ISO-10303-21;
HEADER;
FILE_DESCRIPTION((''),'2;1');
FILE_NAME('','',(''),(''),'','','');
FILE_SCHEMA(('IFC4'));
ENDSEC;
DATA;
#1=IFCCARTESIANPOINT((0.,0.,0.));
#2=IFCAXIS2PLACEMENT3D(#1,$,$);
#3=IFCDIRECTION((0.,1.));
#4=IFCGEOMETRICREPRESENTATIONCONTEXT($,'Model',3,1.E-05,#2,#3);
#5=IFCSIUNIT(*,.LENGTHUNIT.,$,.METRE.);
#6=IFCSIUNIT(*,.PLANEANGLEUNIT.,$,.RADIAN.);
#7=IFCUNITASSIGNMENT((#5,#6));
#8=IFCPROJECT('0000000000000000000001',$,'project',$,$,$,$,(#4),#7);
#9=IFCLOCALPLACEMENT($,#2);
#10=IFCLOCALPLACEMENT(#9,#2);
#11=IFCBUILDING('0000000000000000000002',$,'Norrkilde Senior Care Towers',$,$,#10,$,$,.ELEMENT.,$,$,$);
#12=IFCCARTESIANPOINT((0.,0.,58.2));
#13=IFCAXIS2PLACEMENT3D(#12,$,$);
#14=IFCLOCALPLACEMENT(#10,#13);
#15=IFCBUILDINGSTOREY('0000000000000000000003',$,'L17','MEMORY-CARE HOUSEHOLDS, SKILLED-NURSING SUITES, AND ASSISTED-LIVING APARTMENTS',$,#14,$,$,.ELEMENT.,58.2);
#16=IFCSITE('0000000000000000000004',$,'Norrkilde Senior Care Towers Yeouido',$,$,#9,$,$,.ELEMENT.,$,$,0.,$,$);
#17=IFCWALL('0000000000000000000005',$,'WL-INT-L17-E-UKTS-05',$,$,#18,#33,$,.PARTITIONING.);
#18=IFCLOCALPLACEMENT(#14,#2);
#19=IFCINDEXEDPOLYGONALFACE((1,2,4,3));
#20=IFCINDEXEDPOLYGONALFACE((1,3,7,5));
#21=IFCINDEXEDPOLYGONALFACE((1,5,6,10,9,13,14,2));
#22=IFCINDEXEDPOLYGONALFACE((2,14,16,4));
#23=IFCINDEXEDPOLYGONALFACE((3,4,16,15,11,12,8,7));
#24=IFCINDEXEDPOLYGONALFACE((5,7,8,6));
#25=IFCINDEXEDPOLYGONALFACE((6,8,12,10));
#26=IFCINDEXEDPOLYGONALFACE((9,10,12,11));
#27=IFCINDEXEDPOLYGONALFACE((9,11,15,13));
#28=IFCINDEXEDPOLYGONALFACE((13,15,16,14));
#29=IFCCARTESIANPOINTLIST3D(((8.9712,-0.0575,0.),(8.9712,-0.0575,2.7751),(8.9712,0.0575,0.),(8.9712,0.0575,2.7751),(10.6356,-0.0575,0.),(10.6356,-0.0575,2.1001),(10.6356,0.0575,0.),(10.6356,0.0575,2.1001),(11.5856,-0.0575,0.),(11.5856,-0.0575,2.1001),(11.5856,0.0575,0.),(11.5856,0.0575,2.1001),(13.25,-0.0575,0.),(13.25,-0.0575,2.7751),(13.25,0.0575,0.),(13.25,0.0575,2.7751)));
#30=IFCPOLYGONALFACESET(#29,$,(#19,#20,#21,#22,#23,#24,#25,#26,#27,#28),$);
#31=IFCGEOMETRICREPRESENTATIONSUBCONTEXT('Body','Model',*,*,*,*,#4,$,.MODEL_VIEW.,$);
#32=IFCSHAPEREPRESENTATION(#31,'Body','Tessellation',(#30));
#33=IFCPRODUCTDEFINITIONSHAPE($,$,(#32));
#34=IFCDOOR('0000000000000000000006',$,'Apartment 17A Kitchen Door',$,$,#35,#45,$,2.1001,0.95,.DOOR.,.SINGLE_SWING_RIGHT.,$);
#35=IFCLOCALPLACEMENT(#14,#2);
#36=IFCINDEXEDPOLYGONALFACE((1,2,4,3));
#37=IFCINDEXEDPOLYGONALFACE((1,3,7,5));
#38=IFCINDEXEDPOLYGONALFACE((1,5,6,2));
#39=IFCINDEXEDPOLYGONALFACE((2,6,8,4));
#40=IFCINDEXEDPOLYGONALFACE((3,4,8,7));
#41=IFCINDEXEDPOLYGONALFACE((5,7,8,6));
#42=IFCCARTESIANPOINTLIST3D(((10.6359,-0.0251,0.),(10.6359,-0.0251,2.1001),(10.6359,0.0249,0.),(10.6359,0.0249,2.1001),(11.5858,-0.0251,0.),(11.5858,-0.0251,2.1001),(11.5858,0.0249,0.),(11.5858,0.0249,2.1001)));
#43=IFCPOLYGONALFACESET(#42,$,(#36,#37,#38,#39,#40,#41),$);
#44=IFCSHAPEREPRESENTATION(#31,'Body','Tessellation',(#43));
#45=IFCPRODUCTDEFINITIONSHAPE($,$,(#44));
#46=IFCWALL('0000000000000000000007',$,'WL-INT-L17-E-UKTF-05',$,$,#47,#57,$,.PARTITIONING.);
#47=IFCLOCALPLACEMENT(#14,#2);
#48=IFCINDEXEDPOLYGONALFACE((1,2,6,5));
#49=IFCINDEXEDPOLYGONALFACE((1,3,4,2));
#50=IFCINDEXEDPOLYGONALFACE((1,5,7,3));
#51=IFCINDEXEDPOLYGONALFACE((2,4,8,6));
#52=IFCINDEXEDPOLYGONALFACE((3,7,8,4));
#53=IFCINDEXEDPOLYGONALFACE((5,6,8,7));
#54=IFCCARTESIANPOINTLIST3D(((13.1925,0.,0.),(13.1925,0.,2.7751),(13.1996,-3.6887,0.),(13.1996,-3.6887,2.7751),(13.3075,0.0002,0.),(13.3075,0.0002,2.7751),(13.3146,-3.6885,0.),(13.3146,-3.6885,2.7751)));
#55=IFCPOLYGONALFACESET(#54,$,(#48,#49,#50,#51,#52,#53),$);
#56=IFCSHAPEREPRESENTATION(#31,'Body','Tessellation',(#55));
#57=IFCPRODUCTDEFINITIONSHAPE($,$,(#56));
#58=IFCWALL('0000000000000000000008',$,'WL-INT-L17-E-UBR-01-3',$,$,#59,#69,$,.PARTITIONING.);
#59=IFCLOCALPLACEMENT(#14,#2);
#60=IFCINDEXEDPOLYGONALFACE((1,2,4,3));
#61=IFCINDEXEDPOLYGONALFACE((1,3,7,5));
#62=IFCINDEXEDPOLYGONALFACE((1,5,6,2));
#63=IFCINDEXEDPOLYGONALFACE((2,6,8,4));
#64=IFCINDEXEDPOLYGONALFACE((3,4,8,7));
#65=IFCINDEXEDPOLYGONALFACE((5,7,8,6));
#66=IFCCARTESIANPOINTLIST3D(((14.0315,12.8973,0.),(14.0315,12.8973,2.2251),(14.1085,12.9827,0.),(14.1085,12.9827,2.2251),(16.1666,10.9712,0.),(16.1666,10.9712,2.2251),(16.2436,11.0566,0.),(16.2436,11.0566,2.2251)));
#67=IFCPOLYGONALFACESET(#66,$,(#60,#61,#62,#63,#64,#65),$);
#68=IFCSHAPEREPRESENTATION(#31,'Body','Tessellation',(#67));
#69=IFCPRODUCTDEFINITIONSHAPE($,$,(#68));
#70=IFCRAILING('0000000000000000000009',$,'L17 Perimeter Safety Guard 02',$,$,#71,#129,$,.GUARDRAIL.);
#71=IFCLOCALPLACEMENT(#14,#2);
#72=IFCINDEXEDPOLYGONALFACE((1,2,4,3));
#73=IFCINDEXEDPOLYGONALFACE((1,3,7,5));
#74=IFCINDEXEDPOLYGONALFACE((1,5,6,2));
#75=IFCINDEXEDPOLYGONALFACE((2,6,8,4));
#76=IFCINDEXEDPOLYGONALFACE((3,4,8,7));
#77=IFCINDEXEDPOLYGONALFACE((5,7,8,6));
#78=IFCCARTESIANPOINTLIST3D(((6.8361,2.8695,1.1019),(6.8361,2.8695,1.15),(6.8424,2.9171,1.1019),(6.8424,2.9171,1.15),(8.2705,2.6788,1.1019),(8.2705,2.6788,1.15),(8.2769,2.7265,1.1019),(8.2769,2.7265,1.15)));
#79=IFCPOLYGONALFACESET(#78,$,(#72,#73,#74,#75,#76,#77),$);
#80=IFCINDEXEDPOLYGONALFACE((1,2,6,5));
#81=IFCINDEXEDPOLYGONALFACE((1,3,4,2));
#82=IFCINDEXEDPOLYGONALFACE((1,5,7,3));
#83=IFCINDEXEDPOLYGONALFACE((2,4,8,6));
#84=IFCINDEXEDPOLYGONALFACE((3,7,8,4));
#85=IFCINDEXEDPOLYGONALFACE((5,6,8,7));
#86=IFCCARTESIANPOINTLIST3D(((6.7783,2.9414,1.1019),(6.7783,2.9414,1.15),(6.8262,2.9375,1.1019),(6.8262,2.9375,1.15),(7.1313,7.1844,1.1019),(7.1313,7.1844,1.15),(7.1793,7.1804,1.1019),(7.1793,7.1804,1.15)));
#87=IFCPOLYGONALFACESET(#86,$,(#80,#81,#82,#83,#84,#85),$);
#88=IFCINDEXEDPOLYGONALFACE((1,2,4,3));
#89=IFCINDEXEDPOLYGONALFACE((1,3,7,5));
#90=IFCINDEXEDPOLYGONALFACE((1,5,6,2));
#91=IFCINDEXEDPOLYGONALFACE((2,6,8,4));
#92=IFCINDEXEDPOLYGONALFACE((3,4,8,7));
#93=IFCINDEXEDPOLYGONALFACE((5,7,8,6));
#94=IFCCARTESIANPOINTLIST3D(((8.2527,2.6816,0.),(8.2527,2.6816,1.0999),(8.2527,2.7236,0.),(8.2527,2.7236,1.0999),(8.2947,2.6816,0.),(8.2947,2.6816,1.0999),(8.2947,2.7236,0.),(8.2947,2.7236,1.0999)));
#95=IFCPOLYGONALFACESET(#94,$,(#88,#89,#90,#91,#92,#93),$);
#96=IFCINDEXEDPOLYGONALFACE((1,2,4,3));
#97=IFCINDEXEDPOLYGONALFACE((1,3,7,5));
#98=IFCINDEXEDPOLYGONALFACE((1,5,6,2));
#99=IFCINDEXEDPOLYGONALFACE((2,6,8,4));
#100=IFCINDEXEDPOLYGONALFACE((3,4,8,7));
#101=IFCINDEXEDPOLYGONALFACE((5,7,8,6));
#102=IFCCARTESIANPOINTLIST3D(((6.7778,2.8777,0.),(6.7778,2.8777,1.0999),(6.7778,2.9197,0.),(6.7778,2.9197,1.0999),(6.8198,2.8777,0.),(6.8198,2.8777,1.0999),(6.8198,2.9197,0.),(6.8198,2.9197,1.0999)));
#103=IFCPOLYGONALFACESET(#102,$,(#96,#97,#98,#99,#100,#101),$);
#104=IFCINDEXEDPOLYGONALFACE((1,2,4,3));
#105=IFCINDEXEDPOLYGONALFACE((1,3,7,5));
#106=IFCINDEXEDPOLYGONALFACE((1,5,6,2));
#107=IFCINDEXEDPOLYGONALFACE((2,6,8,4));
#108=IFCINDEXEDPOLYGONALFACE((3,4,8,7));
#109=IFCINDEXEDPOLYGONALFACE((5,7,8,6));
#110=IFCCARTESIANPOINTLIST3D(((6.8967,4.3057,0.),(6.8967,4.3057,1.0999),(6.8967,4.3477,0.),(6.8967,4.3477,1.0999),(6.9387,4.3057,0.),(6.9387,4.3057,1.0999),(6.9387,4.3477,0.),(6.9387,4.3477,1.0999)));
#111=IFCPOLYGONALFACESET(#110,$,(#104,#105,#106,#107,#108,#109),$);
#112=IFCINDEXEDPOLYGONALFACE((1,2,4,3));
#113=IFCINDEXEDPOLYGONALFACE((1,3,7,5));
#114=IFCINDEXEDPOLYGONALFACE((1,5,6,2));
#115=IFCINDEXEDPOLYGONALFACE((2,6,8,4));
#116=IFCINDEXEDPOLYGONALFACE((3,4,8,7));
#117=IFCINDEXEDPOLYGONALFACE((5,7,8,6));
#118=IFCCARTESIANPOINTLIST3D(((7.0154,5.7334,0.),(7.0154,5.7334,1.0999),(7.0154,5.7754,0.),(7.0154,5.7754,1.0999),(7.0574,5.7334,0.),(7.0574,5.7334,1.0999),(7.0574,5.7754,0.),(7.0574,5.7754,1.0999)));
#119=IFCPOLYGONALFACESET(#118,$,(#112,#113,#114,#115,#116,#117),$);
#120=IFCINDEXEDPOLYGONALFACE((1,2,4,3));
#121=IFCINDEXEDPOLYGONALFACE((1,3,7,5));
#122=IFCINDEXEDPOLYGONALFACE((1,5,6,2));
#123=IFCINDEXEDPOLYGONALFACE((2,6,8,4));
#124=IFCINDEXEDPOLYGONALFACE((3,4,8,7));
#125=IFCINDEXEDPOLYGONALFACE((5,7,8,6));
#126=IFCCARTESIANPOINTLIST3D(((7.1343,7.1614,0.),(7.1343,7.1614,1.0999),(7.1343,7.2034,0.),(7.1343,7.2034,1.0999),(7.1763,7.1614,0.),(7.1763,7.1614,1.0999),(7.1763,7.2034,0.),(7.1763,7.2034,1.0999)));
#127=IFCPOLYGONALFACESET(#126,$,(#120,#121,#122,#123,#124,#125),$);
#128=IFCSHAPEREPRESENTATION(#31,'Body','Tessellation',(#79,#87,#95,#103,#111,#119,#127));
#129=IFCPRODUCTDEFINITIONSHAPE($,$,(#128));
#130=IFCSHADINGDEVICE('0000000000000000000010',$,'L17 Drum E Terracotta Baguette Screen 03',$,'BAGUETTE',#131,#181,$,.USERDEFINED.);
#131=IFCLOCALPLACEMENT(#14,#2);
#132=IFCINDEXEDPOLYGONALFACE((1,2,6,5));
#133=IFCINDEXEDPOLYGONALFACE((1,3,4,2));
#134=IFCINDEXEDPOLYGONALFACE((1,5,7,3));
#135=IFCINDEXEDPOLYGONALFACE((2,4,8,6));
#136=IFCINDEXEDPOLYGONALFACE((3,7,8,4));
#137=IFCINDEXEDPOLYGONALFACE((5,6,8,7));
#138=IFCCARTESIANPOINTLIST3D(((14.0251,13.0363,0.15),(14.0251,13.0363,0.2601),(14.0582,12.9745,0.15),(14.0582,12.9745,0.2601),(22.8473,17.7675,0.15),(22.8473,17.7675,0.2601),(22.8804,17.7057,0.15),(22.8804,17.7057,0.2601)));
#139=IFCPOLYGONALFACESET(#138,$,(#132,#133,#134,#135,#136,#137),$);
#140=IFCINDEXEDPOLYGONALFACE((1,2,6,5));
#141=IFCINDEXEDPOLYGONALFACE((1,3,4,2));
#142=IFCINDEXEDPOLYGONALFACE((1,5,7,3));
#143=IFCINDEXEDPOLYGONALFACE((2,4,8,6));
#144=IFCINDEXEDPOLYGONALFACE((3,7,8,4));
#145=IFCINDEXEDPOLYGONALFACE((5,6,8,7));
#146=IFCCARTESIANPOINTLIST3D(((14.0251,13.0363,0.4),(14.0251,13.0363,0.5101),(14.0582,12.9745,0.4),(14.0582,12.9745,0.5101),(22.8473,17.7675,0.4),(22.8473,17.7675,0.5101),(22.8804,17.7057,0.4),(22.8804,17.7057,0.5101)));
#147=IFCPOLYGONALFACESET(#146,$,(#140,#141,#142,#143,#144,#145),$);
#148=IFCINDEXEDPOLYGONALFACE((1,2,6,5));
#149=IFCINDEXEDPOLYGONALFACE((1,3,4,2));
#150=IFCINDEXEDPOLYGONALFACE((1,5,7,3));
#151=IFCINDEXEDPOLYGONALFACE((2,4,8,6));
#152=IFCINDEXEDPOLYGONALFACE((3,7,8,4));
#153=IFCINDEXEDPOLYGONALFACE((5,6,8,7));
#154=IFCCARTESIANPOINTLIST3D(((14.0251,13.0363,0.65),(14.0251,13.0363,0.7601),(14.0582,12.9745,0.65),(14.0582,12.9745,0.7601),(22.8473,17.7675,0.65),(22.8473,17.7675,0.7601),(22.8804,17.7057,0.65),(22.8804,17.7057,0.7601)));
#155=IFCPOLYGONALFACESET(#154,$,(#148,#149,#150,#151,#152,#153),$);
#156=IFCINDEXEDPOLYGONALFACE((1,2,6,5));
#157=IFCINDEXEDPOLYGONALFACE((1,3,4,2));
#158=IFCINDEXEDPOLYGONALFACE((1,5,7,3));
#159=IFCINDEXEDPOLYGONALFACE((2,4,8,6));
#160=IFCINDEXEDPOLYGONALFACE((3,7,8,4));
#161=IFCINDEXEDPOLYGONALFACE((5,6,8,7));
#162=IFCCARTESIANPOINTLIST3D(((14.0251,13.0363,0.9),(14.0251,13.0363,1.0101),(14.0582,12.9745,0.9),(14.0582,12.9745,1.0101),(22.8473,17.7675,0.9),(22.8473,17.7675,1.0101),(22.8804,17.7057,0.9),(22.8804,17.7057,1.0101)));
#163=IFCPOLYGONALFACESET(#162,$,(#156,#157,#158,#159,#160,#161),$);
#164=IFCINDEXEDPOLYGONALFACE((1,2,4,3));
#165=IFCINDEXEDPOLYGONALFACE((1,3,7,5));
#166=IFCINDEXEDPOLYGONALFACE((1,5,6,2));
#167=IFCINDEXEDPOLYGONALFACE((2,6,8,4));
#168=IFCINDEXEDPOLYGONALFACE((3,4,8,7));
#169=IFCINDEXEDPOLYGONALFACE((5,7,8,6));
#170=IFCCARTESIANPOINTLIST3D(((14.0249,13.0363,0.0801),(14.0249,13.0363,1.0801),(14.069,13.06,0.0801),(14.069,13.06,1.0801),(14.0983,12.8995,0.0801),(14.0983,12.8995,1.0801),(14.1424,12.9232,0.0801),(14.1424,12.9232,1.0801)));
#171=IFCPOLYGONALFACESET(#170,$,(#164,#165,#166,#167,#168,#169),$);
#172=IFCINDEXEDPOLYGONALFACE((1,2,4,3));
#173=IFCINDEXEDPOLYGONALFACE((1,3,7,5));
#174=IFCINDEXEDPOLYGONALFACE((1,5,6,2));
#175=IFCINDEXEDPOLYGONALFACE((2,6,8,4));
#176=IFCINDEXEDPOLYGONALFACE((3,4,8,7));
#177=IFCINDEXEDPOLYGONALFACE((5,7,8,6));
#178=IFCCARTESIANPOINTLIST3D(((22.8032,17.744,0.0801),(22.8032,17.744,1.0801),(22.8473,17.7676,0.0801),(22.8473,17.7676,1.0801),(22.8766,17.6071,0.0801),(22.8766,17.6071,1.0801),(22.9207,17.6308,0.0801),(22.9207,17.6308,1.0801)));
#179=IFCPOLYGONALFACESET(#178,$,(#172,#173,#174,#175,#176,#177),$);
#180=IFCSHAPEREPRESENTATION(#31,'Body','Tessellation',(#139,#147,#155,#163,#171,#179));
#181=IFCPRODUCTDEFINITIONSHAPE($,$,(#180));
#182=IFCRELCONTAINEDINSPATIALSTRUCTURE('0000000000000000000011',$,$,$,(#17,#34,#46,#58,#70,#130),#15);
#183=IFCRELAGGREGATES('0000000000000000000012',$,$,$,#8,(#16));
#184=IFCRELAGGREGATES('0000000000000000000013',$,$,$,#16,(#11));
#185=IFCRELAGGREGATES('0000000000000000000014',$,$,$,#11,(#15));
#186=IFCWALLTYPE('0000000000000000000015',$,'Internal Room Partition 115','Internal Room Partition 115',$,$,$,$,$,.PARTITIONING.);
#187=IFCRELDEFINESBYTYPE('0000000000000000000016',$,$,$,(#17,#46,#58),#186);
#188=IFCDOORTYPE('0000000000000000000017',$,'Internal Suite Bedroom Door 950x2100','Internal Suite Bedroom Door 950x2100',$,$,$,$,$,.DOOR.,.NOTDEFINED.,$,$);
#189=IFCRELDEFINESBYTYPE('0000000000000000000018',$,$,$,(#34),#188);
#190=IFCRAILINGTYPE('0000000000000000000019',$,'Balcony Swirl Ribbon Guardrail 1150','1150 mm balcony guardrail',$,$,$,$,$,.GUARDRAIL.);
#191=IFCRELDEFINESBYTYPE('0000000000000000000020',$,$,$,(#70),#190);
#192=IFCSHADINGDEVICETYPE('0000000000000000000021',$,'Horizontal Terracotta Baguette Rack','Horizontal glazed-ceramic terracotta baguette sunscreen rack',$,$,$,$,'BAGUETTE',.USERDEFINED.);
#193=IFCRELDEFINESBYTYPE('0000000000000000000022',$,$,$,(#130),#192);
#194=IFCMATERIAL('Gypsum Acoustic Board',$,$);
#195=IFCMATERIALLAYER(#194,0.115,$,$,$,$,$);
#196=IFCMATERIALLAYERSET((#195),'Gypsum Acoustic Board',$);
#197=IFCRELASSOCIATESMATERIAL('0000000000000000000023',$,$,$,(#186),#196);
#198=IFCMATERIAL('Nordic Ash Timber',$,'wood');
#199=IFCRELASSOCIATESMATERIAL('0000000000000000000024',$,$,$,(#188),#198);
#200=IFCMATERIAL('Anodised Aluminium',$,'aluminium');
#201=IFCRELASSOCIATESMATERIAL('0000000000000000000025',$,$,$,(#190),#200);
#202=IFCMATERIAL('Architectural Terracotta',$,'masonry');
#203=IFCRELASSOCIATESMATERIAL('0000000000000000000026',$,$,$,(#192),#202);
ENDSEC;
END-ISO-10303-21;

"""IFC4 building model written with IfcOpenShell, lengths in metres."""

from ifc_helpers import new_model, si_unit, direction, frame, frame_2d, origin, origin_2d, place, context, subcontext, project, spatial, rectangle, extrude, source, transform, mapped, material, layer, layer_set, type_object, type_shapes, element, fill, save


model = new_model("IFC4")

# Units and contexts
model_context = context("Model", 3, precision=1e-05, world=origin(), true_north=direction((0.0, 1.0)))
body_context = subcontext(model_context, "Body", "Model", "MODEL_VIEW")
ifc_project = project(units=[si_unit("LENGTHUNIT", "METRE"), si_unit("PLANEANGLEUNIT", "RADIAN")], contexts=[model_context])

# Site, building, storey
site_placement = place(None, origin())
site = spatial("IfcSite", under=ifc_project, at=site_placement, Name="Norrkilde Senior Care Towers Yeouido", CompositionType="ELEMENT", RefElevation=0.0)
building_placement = place(site_placement, origin())
building = spatial("IfcBuilding", under=site, at=building_placement, Name="Norrkilde Senior Care Towers", CompositionType="ELEMENT")
storey_placement = place(building_placement, frame((0.0, 0.0, 58.2)))
storey = spatial("IfcBuildingStorey", under=building, at=storey_placement, Name="L17", Description="MEMORY-CARE HOUSEHOLDS, SKILLED-NURSING SUITES, AND ASSISTED-LIVING APARTMENTS", CompositionType="ELEMENT", Elevation=58.2)

# Shared definitions
ifc_material_1 = material(Name="Anodised Aluminium", Category="aluminium")

# Shared definitions
ifc_material_2 = material(Name="Gypsum Acoustic Board")

# Shared definitions
ifc_layer_1 = layer(ifc_material_2, 0.115)
ifc_layer_set_1 = layer_set([ifc_layer_1], Name="Gypsum Acoustic Board")
wall_type_1 = type_object("IfcWallType", Name="Internal Room Partition 115", Description="Internal Room Partition 115", PredefinedType="PARTITIONING", material=ifc_layer_set_1)
ifc_material_3 = material(Name="Nordic Ash Timber", Category="wood")
door_type_1 = type_object("IfcDoorType", Name="Internal Suite Bedroom Door 950x2100", Description="Internal Suite Bedroom Door 950x2100", OperationType="NOTDEFINED", PredefinedType="DOOR", material=ifc_material_3)
shared_shape_1 = source(origin(), body_context, "Body", "SweptSolid", [
    extrude(rectangle(XDim=0.95, YDim=2.1001, at=frame_2d((0.4751, 1.05))), frame((0.0, 0.0249, 0.0), z_axis=(0.0, -1.0, 0.0), x_axis=(1.0, 0.0, 0.0)), (0.0, 0.0, 1.0), 0.05),
])
type_shapes(door_type_1, [shared_shape_1])

# Wall, opening, door
shared_shape_2 = source(origin(), body_context, "Body", "SweptSolid", [
    extrude(rectangle(XDim=4.2788, YDim=0.115, at=frame_2d((2.1394, 0.0))), origin(), (0.0, 0.0, 1.0), 2.7751),
])
wall_1_placement = place(storey_placement, frame((13.25, 0.0, 0.0), z_axis=(0.0, 0.0, 1.0), x_axis=(-1.0, 0.0, 0.0)))
wall_1 = element("IfcWall", 1, at=wall_1_placement, inside=storey, type_object=wall_type_1, Name="WL-INT-L17-E-UKTS-05", PredefinedType="PARTITIONING", context=body_context, shape_type="MappedRepresentation", body=[
    mapped(shared_shape_2, transform((0.0, 0.0, 0.0), x_axis=(1.0, 0.0, 0.0), y_axis=(0.0, 1.0, 0.0), z_axis=(0.0, 0.0, 1.0), scale=1.0)),
])
opening_1_placement = place(wall_1_placement, frame((1.6643, 0.0, 0.0)))
opening_1 = element("IfcOpeningElement", 2, at=opening_1_placement, cuts=wall_1, PredefinedType="OPENING", context=body_context, shape_type="SweptSolid", body=[
    extrude(rectangle(XDim=0.95, YDim=2.1001, at=frame_2d((0.4751, 1.05))), frame((0.0, 0.0674, 0.0), z_axis=(0.0, -1.0, 0.0), x_axis=(1.0, 0.0, 0.0)), (0.0, 0.0, 1.0), 0.135),
])
door_1_placement = place(opening_1_placement, frame((0.95, 0.0, 0.0), z_axis=(0.0, 0.0, 1.0), x_axis=(-1.0, 0.0, 0.0)))
door_1 = element("IfcDoor", 3, at=door_1_placement, inside=storey, type_object=door_type_1, Name="Apartment 17A Kitchen Door", OperationType="SINGLE_SWING_RIGHT", OverallHeight=2.1001, OverallWidth=0.95, PredefinedType="DOOR", context=body_context, shape_type="MappedRepresentation", body=[
    mapped(shared_shape_1, transform((0.0, 0.0, 0.0), x_axis=(1.0, 0.0, 0.0), y_axis=(0.0, 1.0, 0.0), z_axis=(0.0, 0.0, 1.0), scale=1.0)),
])
fill(opening_1, door_1)

# Walls
shared_shape_3 = source(origin(), body_context, "Body", "SweptSolid", [
    extrude(rectangle(XDim=3.6887, YDim=0.115, at=frame_2d((1.8442, 0.0))), origin(), (0.0, 0.0, 1.0), 2.7751),
])
wall_2_placement = place(storey_placement, frame((13.25, 0.0, 0.0), z_axis=(0.0, 0.0, 1.0), x_axis=(0.001919, -0.999998, 0.0)))
element("IfcWall", 4, at=wall_2_placement, inside=storey, type_object=wall_type_1, Name="WL-INT-L17-E-UKTF-05", PredefinedType="PARTITIONING", context=body_context, shape_type="MappedRepresentation", body=[
    mapped(shared_shape_3, transform((0.0, 0.0, 0.0), x_axis=(1.0, 0.0, 0.0), y_axis=(0.0, 1.0, 0.0), z_axis=(0.0, 0.0, 1.0), scale=1.0)),
])
shared_shape_4 = source(origin(), body_context, "Body", "SweptSolid", [
    extrude(rectangle(XDim=2.8755, YDim=0.115, at=frame_2d((1.4377, 0.0))), origin(), (0.0, 0.0, 1.0), 2.2251),
])
wall_3_placement = place(storey_placement, frame((16.2051, 11.0139, 0.0), z_axis=(0.0, 0.0, 1.0), x_axis=(-0.742513, 0.669832, 0.0)))
element("IfcWall", 5, at=wall_3_placement, inside=storey, type_object=wall_type_1, Name="WL-INT-L17-E-UBR-01-3", PredefinedType="PARTITIONING", context=body_context, shape_type="MappedRepresentation", body=[
    mapped(shared_shape_4, transform((0.0, 0.0, 0.0), x_axis=(1.0, 0.0, 0.0), y_axis=(0.0, 1.0, 0.0), z_axis=(0.0, 0.0, 1.0), scale=1.0)),
])

# Railing
railing_type = type_object("IfcRailingType", Name="Balcony Swirl Ribbon Guardrail 1150", Description="1150 mm balcony guardrail", PredefinedType="GUARDRAIL", material=ifc_material_1)
railing_1_placement = place(storey_placement, frame((8.2737, 2.7026, 0.0)))
element("IfcRailing", 6, at=railing_1_placement, inside=storey, type_object=railing_type, Name="L17 Perimeter Safety Guard 02", PredefinedType="GUARDRAIL", context=body_context, shape_type="SweptSolid", body=[
    extrude(rectangle(XDim=0.0481, YDim=0.0481, at=origin_2d()), frame((0.0, 0.0, 1.126), z_axis=(-0.991281, 0.131766, 0.0), x_axis=(-0.131766, -0.991281, 0.0)), (0.0, 0.0, 1.0), 1.447),
    extrude(rectangle(XDim=0.0481, YDim=0.0481, at=origin_2d()), frame((-1.4714, 0.2368, 1.126), z_axis=(0.082923, 0.996556, 0.0), x_axis=(-0.996556, 0.082923, 0.0)), (0.0, 0.0, 1.0), 4.2576),
    extrude(rectangle(XDim=0.042, YDim=0.042, at=origin_2d()), origin(), (0.0, 0.0, 1.0), 1.0999),
    extrude(rectangle(XDim=0.042, YDim=0.042, at=origin_2d()), frame((-1.4749, 0.196, 0.0)), (0.0, 0.0, 1.0), 1.0999),
    extrude(rectangle(XDim=0.042, YDim=0.042, at=origin_2d()), frame((-1.356, 1.624, 0.0)), (0.0, 0.0, 1.0), 1.0999),
    extrude(rectangle(XDim=0.042, YDim=0.042, at=origin_2d()), frame((-1.2373, 3.0518, 0.0)), (0.0, 0.0, 1.0), 1.0999),
    extrude(rectangle(XDim=0.042, YDim=0.042, at=origin_2d()), frame((-1.1184, 4.4797, 0.0)), (0.0, 0.0, 1.0), 1.0999),
])

# Shading device
ifc_material_4 = material(Name="Architectural Terracotta", Category="masonry")
shading_device_type = type_object("IfcShadingDeviceType", Name="Horizontal Terracotta Baguette Rack", Description="Horizontal glazed-ceramic terracotta baguette sunscreen rack", ElementType="BAGUETTE", PredefinedType="USERDEFINED", material=ifc_material_4)
shared_shape_5 = source(origin(), body_context, "Body", "SweptSolid", [
    extrude(rectangle(XDim=0.0701, YDim=0.1101, at=origin_2d()), frame((0.0, 0.0901, 0.125), z_axis=(1.0, 0.0, 0.0), x_axis=(0.0, 1.0, 0.0)), (0.0, 0.0, 1.0), 10.0107),
    extrude(rectangle(XDim=0.0701, YDim=0.1101, at=origin_2d()), frame((0.0, 0.0901, 0.375), z_axis=(1.0, 0.0, 0.0), x_axis=(0.0, 1.0, 0.0)), (0.0, 0.0, 1.0), 10.0107),
    extrude(rectangle(XDim=0.0701, YDim=0.1101, at=origin_2d()), frame((0.0, 0.0901, 0.625), z_axis=(1.0, 0.0, 0.0), x_axis=(0.0, 1.0, 0.0)), (0.0, 0.0, 1.0), 10.0107),
    extrude(rectangle(XDim=0.0701, YDim=0.1101, at=origin_2d()), frame((0.0, 0.0901, 0.875), z_axis=(1.0, 0.0, 0.0), x_axis=(0.0, 1.0, 0.0)), (0.0, 0.0, 1.0), 10.0107),
    extrude(rectangle(XDim=0.05, YDim=0.1553, at=origin_2d()), frame((0.0249, 0.0476, 0.0)), (0.0, 0.0, 1.0), 1.0),
    extrude(rectangle(XDim=0.05, YDim=0.1553, at=origin_2d()), frame((9.9858, 0.0476, 0.0)), (0.0, 0.0, 1.0), 1.0),
])
type_shapes(shading_device_type, [shared_shape_5])
shading_device_placement = place(storey_placement, frame((14.0842, 12.926, 0.0801), z_axis=(0.0, 0.0, 1.0), x_axis=(0.88128, 0.472612, 0.0)))
element("IfcShadingDevice", 7, at=shading_device_placement, inside=storey, type_object=shading_device_type, Name="L17 Drum E Terracotta Baguette Screen 03", ObjectType="BAGUETTE", PredefinedType="USERDEFINED", context=body_context, shape_type="MappedRepresentation", body=[
    mapped(shared_shape_5, transform((0.0, 0.0, 0.0), x_axis=(1.0, 0.0, 0.0), y_axis=(0.0, 1.0, 0.0), z_axis=(0.0, 0.0, 1.0), scale=1.0)),
])

save(model, "model.ifc")
